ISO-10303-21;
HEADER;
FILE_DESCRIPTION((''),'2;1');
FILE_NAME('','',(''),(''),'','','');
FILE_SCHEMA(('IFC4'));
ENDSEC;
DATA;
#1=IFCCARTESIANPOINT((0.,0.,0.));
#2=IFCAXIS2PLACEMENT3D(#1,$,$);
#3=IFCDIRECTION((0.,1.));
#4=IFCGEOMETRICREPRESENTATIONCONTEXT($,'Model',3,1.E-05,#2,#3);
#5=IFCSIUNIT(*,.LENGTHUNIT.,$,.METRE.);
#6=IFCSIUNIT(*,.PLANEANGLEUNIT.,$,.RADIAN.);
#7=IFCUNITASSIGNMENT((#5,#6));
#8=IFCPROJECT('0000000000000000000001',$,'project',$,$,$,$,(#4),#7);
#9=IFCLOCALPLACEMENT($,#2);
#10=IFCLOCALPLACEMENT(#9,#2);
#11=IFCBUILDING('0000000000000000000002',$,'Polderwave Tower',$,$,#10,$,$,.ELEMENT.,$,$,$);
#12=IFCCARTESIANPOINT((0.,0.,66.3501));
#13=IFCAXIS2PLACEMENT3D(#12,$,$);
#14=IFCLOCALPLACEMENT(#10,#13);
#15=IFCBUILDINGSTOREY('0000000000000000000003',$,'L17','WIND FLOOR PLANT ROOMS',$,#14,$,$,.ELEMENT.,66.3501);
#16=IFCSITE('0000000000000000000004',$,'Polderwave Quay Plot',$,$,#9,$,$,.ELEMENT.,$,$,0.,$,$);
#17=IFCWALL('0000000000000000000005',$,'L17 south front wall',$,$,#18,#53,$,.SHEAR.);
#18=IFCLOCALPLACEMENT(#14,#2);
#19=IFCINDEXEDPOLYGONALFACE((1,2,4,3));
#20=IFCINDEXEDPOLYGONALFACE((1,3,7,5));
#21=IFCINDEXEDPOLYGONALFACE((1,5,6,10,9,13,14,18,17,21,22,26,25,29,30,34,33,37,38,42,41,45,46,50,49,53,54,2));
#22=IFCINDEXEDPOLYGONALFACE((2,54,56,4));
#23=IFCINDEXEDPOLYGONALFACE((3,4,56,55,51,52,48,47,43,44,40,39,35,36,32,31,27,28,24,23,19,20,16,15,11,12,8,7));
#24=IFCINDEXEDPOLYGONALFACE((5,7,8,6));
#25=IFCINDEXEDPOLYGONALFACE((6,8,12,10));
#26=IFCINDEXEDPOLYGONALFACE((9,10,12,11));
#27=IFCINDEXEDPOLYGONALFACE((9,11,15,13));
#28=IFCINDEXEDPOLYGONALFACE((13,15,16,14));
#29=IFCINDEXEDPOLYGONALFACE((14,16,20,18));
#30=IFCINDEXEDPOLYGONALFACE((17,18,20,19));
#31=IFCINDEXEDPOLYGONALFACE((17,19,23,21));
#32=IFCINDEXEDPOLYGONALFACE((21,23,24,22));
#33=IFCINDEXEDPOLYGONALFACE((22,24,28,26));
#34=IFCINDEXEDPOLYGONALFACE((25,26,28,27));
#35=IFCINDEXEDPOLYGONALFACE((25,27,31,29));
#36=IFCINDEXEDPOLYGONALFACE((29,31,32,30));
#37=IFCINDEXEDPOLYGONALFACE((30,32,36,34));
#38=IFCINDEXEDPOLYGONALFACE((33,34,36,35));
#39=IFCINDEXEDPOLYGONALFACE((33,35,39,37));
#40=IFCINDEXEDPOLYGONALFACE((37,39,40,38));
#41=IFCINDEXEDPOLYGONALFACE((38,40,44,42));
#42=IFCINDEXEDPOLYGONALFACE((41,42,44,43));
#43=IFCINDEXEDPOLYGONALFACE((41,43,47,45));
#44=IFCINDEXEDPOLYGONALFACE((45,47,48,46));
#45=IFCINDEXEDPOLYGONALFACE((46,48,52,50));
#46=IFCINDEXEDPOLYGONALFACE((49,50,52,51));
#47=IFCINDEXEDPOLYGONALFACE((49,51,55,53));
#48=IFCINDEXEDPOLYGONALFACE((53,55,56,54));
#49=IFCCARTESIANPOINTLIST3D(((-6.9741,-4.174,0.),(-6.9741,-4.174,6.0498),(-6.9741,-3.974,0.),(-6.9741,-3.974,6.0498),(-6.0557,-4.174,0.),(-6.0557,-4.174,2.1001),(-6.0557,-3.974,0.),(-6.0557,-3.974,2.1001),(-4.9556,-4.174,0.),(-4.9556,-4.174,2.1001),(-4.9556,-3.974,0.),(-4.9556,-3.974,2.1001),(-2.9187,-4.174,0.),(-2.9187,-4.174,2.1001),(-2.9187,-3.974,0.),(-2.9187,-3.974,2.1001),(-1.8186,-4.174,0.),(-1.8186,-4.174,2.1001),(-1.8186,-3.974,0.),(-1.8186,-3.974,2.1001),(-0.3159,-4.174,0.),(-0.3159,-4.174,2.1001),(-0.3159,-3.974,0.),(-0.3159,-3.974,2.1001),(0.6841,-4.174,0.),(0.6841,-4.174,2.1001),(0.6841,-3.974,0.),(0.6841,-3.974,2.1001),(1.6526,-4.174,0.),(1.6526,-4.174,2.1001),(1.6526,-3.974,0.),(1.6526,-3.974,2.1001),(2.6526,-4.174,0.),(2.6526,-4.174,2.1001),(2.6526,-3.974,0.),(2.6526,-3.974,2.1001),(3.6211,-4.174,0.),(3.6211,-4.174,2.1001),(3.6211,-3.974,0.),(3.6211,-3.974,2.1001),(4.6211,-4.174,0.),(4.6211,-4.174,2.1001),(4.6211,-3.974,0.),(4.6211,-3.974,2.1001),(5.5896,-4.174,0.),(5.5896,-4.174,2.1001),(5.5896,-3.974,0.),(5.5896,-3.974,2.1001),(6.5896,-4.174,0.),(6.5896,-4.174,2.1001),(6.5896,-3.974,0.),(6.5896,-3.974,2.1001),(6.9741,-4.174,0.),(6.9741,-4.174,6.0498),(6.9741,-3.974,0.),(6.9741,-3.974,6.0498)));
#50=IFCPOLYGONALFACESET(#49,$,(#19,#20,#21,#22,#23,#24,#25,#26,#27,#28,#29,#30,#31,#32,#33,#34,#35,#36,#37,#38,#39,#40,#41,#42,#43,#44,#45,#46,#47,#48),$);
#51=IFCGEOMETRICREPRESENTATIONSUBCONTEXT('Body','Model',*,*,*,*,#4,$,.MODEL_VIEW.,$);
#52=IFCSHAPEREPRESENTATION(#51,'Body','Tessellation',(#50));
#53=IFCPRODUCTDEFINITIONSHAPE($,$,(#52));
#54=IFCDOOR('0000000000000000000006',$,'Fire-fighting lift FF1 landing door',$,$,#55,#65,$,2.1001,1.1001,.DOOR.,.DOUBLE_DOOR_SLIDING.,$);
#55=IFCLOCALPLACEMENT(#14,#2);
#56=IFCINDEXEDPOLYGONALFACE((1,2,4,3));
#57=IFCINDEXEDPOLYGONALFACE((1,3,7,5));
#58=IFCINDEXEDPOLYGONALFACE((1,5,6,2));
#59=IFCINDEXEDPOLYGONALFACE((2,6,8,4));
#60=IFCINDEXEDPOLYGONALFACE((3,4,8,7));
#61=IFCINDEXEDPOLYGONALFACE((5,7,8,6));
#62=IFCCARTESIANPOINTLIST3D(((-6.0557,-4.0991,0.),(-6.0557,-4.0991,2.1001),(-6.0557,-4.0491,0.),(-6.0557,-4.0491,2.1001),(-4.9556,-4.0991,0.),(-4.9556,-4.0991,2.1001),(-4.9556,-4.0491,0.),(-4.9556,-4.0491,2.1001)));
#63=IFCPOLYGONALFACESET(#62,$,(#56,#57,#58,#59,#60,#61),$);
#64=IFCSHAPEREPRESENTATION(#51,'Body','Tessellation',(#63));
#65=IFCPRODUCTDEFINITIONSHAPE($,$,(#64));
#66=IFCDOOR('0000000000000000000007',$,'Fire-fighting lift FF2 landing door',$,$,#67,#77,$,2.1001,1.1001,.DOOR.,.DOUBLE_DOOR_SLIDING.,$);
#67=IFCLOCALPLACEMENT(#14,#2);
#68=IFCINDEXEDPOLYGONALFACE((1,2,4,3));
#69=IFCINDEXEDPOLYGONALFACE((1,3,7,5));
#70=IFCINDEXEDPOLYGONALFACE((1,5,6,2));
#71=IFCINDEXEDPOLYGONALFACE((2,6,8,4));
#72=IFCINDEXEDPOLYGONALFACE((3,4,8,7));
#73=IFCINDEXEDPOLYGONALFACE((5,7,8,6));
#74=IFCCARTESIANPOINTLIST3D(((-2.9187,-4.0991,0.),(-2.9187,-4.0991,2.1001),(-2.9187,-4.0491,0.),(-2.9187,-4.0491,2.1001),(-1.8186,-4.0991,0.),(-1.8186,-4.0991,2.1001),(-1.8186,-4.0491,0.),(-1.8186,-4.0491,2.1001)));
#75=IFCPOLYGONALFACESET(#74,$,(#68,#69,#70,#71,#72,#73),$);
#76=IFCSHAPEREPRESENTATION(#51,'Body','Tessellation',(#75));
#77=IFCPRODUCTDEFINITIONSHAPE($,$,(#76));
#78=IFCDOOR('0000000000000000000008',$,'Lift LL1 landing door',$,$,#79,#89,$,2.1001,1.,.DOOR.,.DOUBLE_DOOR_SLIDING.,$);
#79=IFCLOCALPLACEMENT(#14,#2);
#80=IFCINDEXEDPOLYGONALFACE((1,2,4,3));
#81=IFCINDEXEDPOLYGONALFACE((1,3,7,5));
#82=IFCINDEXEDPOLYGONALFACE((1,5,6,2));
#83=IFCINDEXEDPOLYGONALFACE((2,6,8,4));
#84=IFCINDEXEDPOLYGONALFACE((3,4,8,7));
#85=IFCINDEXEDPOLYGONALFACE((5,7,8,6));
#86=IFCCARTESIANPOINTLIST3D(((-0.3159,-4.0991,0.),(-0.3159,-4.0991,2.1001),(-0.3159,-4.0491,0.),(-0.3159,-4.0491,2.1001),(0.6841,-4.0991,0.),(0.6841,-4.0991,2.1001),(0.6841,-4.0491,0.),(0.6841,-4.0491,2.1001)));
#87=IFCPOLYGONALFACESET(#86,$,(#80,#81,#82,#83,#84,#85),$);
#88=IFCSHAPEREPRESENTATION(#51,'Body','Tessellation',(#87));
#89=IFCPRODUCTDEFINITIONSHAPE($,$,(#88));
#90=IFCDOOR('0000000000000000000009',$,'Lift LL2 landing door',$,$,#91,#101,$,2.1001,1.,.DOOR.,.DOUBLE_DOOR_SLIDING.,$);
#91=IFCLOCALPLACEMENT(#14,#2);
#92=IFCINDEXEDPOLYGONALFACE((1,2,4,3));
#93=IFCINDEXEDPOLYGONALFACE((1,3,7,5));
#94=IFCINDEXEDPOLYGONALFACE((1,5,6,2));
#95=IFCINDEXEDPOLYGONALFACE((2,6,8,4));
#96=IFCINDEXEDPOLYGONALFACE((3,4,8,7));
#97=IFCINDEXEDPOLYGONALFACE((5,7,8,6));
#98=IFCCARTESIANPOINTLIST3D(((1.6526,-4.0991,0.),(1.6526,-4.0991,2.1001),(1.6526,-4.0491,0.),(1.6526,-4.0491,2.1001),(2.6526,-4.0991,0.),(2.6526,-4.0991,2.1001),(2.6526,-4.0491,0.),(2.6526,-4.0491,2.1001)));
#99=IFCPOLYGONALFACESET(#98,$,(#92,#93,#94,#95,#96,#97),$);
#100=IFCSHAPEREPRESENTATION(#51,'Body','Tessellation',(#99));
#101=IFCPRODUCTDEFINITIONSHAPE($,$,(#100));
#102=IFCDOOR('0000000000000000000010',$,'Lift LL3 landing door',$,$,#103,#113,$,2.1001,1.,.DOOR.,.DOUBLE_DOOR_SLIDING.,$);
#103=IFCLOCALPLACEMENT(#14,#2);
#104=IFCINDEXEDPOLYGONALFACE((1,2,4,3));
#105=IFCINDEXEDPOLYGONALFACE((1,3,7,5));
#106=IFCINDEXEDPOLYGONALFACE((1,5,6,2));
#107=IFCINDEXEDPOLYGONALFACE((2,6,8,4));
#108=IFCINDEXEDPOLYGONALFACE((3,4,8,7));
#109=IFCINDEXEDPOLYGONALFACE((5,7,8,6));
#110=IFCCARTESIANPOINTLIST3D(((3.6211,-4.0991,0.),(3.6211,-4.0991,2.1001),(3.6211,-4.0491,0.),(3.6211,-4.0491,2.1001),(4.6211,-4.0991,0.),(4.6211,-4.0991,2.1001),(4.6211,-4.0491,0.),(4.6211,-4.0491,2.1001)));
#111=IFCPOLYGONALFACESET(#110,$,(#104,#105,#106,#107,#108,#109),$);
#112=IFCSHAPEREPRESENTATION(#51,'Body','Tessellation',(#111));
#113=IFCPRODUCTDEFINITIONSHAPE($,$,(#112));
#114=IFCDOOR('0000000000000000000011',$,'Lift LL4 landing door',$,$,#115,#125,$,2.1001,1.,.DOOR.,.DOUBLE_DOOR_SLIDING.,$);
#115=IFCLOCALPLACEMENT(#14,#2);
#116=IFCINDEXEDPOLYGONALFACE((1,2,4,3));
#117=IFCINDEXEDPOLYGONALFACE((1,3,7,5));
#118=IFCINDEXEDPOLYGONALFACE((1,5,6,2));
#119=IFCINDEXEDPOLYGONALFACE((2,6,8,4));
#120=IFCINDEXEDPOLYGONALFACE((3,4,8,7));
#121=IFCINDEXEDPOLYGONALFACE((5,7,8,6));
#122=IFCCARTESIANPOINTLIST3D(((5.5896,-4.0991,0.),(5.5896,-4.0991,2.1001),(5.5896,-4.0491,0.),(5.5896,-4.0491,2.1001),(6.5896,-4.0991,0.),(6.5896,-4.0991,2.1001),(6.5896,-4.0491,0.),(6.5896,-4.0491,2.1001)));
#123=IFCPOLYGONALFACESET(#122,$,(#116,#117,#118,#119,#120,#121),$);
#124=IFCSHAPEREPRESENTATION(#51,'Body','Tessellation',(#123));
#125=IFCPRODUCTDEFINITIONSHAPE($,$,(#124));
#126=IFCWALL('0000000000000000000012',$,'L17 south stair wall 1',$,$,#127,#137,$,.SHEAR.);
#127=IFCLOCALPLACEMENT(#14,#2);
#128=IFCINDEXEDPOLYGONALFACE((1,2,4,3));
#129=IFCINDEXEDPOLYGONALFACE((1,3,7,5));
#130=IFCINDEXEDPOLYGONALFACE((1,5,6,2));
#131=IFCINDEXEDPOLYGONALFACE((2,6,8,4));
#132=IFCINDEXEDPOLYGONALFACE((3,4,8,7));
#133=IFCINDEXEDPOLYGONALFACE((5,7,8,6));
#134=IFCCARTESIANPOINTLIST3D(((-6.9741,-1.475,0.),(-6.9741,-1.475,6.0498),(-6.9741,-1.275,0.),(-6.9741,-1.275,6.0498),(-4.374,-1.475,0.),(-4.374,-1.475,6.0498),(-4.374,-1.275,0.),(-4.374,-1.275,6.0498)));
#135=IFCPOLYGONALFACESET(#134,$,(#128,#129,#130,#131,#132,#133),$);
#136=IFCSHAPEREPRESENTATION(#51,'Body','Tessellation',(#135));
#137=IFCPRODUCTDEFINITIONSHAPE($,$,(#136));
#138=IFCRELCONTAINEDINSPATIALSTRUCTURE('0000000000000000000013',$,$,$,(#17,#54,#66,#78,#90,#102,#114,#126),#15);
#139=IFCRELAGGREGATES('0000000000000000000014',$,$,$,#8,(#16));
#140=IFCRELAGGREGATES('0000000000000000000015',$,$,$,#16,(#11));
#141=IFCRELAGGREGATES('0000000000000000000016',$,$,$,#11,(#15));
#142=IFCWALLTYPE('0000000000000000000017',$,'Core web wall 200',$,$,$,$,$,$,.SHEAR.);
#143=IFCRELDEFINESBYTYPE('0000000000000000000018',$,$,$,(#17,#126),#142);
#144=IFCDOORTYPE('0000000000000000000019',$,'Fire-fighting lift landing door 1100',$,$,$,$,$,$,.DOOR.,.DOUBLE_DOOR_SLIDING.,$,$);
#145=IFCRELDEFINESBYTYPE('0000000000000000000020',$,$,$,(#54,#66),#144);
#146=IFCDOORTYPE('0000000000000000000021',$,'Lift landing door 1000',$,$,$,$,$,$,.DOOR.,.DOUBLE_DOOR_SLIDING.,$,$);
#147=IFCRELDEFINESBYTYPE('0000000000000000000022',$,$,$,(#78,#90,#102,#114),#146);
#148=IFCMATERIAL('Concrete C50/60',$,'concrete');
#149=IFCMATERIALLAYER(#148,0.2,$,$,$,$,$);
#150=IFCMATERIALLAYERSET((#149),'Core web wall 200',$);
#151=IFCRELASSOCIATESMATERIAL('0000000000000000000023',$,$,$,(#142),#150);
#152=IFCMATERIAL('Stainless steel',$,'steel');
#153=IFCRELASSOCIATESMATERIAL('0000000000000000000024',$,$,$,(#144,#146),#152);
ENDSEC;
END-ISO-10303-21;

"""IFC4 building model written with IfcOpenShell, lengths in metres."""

from ifc_helpers import new_model, si_unit, direction, frame, frame_2d, origin, place, context, subcontext, project, spatial, rectangle, extrude, material, layer, layer_set, type_object, element, fill, save


model = new_model("IFC4")

# Units and contexts
model_context = context("Model", 3, precision=1e-05, world=origin(), true_north=direction((0.0, 1.0)))
body_context = subcontext(model_context, "Body", "Model", "MODEL_VIEW")
ifc_project = project(units=[si_unit("LENGTHUNIT", "METRE"), si_unit("PLANEANGLEUNIT", "RADIAN")], contexts=[model_context])

# Site, building, storey
site_placement = place(None, origin())
site = spatial("IfcSite", under=ifc_project, at=site_placement, Name="Polderwave Quay Plot", CompositionType="ELEMENT", RefElevation=0.0)
building_placement = place(site_placement, origin())
building = spatial("IfcBuilding", under=site, at=building_placement, Name="Polderwave Tower", CompositionType="ELEMENT")
storey_placement = place(building_placement, frame((0.0, 0.0, 66.3501)))
storey = spatial("IfcBuildingStorey", under=building, at=storey_placement, Name="L17", Description="WIND FLOOR PLANT ROOMS", CompositionType="ELEMENT", Elevation=66.3501)

# Wall, openings, doors
ifc_material_1 = material(Name="Concrete C50/60", Category="concrete")
ifc_layer_1 = layer(ifc_material_1, 0.2)
ifc_layer_set_1 = layer_set([ifc_layer_1], Name="Core web wall 200")
wall_type_1 = type_object("IfcWallType", Name="Core web wall 200", PredefinedType="SHEAR", material=ifc_layer_set_1)
wall_1_placement = place(storey_placement, frame((-6.9741, -4.074, 0.0), z_axis=(0.0, 0.0, 1.0), x_axis=(1.0, 0.0, 0.0)))
wall_1 = element("IfcWall", 1, at=wall_1_placement, inside=storey, type_object=wall_type_1, Name="L17 south front wall", PredefinedType="SHEAR", context=body_context, shape_type="SweptSolid", body=[
    extrude(rectangle(XDim=13.9482, YDim=0.2, at=frame_2d((6.9741, 0.0))), origin(), (0.0, 0.0, 1.0), 6.0498),
])
opening_1_placement = place(wall_1_placement, frame((0.9185, 0.0, 0.0)))
opening_1 = element("IfcOpeningElement", 2, at=opening_1_placement, cuts=wall_1, PredefinedType="OPENING", context=body_context, shape_type="SweptSolid", body=[
    extrude(rectangle(XDim=1.1001, YDim=2.1001, at=frame_2d((0.55, 1.05))), frame((0.0, 0.1099, 0.0), z_axis=(0.0, -1.0, 0.0), x_axis=(1.0, 0.0, 0.0)), (0.0, 0.0, 1.0), 0.22),
])
opening_2_placement = place(wall_1_placement, frame((4.0554, 0.0, 0.0)))
opening_2 = element("IfcOpeningElement", 3, at=opening_2_placement, cuts=wall_1, PredefinedType="OPENING", context=body_context, shape_type="SweptSolid", body=[
    extrude(rectangle(XDim=1.1001, YDim=2.1001, at=frame_2d((0.55, 1.05))), frame((0.0, 0.1099, 0.0), z_axis=(0.0, -1.0, 0.0), x_axis=(1.0, 0.0, 0.0)), (0.0, 0.0, 1.0), 0.22),
])
opening_3_placement = place(wall_1_placement, frame((6.6582, 0.0, 0.0)))
opening_3 = element("IfcOpeningElement", 4, at=opening_3_placement, cuts=wall_1, PredefinedType="OPENING", context=body_context, shape_type="SweptSolid", body=[
    extrude(rectangle(XDim=1.0, YDim=2.1001, at=frame_2d((0.5, 1.05))), frame((0.0, 0.1099, 0.0), z_axis=(0.0, -1.0, 0.0), x_axis=(1.0, 0.0, 0.0)), (0.0, 0.0, 1.0), 0.22),
])
opening_4_placement = place(wall_1_placement, frame((8.6267, 0.0, 0.0)))
opening_4 = element("IfcOpeningElement", 5, at=opening_4_placement, cuts=wall_1, PredefinedType="OPENING", context=body_context, shape_type="SweptSolid", body=[
    extrude(rectangle(XDim=1.0, YDim=2.1001, at=frame_2d((0.5, 1.05))), frame((0.0, 0.1099, 0.0), z_axis=(0.0, -1.0, 0.0), x_axis=(1.0, 0.0, 0.0)), (0.0, 0.0, 1.0), 0.22),
])
opening_5_placement = place(wall_1_placement, frame((10.5952, 0.0, 0.0)))
opening_5 = element("IfcOpeningElement", 6, at=opening_5_placement, cuts=wall_1, PredefinedType="OPENING", context=body_context, shape_type="SweptSolid", body=[
    extrude(rectangle(XDim=1.0, YDim=2.1001, at=frame_2d((0.5, 1.05))), frame((0.0, 0.1099, 0.0), z_axis=(0.0, -1.0, 0.0), x_axis=(1.0, 0.0, 0.0)), (0.0, 0.0, 1.0), 0.22),
])
opening_6_placement = place(wall_1_placement, frame((12.5637, 0.0, 0.0)))
opening_6 = element("IfcOpeningElement", 7, at=opening_6_placement, cuts=wall_1, PredefinedType="OPENING", context=body_context, shape_type="SweptSolid", body=[
    extrude(rectangle(XDim=1.0, YDim=2.1001, at=frame_2d((0.5, 1.05))), frame((0.0, 0.1099, 0.0), z_axis=(0.0, -1.0, 0.0), x_axis=(1.0, 0.0, 0.0)), (0.0, 0.0, 1.0), 0.22),
])
ifc_material_2 = material(Name="Stainless steel", Category="steel")
door_type_1 = type_object("IfcDoorType", Name="Fire-fighting lift landing door 1100", OperationType="DOUBLE_DOOR_SLIDING", PredefinedType="DOOR", material=ifc_material_2)
door_1_placement = place(opening_1_placement, origin())
door_1 = element("IfcDoor", 8, at=door_1_placement, inside=storey, type_object=door_type_1, Name="Fire-fighting lift FF1 landing door", OperationType="DOUBLE_DOOR_SLIDING", OverallHeight=2.1001, OverallWidth=1.1001, PredefinedType="DOOR", context=body_context, shape_type="SweptSolid", body=[
    extrude(rectangle(XDim=1.1001, YDim=2.1001, at=frame_2d((0.55, 1.05))), frame((0.0, 0.0249, 0.0), z_axis=(0.0, -1.0, 0.0), x_axis=(1.0, 0.0, 0.0)), (0.0, 0.0, 1.0), 0.05),
])
fill(opening_1, door_1)
door_2_placement = place(opening_2_placement, origin())
door_2 = element("IfcDoor", 9, at=door_2_placement, inside=storey, type_object=door_type_1, Name="Fire-fighting lift FF2 landing door", OperationType="DOUBLE_DOOR_SLIDING", OverallHeight=2.1001, OverallWidth=1.1001, PredefinedType="DOOR", context=body_context, shape_type="SweptSolid", body=[
    extrude(rectangle(XDim=1.1001, YDim=2.1001, at=frame_2d((0.55, 1.05))), frame((0.0, 0.0249, 0.0), z_axis=(0.0, -1.0, 0.0), x_axis=(1.0, 0.0, 0.0)), (0.0, 0.0, 1.0), 0.05),
])
fill(opening_2, door_2)
door_type_2 = type_object("IfcDoorType", Name="Lift landing door 1000", OperationType="DOUBLE_DOOR_SLIDING", PredefinedType="DOOR", material=ifc_material_2)
door_3_placement = place(opening_3_placement, origin())
door_3 = element("IfcDoor", 10, at=door_3_placement, inside=storey, type_object=door_type_2, Name="Lift LL1 landing door", OperationType="DOUBLE_DOOR_SLIDING", OverallHeight=2.1001, OverallWidth=1.0, PredefinedType="DOOR", context=body_context, shape_type="SweptSolid", body=[
    extrude(rectangle(XDim=1.0, YDim=2.1001, at=frame_2d((0.5, 1.05))), frame((0.0, 0.0249, 0.0), z_axis=(0.0, -1.0, 0.0), x_axis=(1.0, 0.0, 0.0)), (0.0, 0.0, 1.0), 0.05),
])
fill(opening_3, door_3)
door_4_placement = place(opening_4_placement, origin())
door_4 = element("IfcDoor", 11, at=door_4_placement, inside=storey, type_object=door_type_2, Name="Lift LL2 landing door", OperationType="DOUBLE_DOOR_SLIDING", OverallHeight=2.1001, OverallWidth=1.0, PredefinedType="DOOR", context=body_context, shape_type="SweptSolid", body=[
    extrude(rectangle(XDim=1.0, YDim=2.1001, at=frame_2d((0.5, 1.05))), frame((0.0, 0.0249, 0.0), z_axis=(0.0, -1.0, 0.0), x_axis=(1.0, 0.0, 0.0)), (0.0, 0.0, 1.0), 0.05),
])
fill(opening_4, door_4)
door_5_placement = place(opening_5_placement, origin())
door_5 = element("IfcDoor", 12, at=door_5_placement, inside=storey, type_object=door_type_2, Name="Lift LL3 landing door", OperationType="DOUBLE_DOOR_SLIDING", OverallHeight=2.1001, OverallWidth=1.0, PredefinedType="DOOR", context=body_context, shape_type="SweptSolid", body=[
    extrude(rectangle(XDim=1.0, YDim=2.1001, at=frame_2d((0.5, 1.05))), frame((0.0, 0.0249, 0.0), z_axis=(0.0, -1.0, 0.0), x_axis=(1.0, 0.0, 0.0)), (0.0, 0.0, 1.0), 0.05),
])
fill(opening_5, door_5)
door_6_placement = place(opening_6_placement, origin())
door_6 = element("IfcDoor", 13, at=door_6_placement, inside=storey, type_object=door_type_2, Name="Lift LL4 landing door", OperationType="DOUBLE_DOOR_SLIDING", OverallHeight=2.1001, OverallWidth=1.0, PredefinedType="DOOR", context=body_context, shape_type="SweptSolid", body=[
    extrude(rectangle(XDim=1.0, YDim=2.1001, at=frame_2d((0.5, 1.05))), frame((0.0, 0.0249, 0.0), z_axis=(0.0, -1.0, 0.0), x_axis=(1.0, 0.0, 0.0)), (0.0, 0.0, 1.0), 0.05),
])
fill(opening_6, door_6)

# Wall
wall_2_placement = place(storey_placement, frame((-6.9741, -1.375, 0.0), z_axis=(0.0, 0.0, 1.0), x_axis=(1.0, 0.0, 0.0)))
element("IfcWall", 14, at=wall_2_placement, inside=storey, type_object=wall_type_1, Name="L17 south stair wall 1", PredefinedType="SHEAR", context=body_context, shape_type="SweptSolid", body=[
    extrude(rectangle(XDim=2.6001, YDim=0.2, at=frame_2d((1.3, 0.0))), origin(), (0.0, 0.0, 1.0), 6.0498),
])

save(model, "model.ifc")
